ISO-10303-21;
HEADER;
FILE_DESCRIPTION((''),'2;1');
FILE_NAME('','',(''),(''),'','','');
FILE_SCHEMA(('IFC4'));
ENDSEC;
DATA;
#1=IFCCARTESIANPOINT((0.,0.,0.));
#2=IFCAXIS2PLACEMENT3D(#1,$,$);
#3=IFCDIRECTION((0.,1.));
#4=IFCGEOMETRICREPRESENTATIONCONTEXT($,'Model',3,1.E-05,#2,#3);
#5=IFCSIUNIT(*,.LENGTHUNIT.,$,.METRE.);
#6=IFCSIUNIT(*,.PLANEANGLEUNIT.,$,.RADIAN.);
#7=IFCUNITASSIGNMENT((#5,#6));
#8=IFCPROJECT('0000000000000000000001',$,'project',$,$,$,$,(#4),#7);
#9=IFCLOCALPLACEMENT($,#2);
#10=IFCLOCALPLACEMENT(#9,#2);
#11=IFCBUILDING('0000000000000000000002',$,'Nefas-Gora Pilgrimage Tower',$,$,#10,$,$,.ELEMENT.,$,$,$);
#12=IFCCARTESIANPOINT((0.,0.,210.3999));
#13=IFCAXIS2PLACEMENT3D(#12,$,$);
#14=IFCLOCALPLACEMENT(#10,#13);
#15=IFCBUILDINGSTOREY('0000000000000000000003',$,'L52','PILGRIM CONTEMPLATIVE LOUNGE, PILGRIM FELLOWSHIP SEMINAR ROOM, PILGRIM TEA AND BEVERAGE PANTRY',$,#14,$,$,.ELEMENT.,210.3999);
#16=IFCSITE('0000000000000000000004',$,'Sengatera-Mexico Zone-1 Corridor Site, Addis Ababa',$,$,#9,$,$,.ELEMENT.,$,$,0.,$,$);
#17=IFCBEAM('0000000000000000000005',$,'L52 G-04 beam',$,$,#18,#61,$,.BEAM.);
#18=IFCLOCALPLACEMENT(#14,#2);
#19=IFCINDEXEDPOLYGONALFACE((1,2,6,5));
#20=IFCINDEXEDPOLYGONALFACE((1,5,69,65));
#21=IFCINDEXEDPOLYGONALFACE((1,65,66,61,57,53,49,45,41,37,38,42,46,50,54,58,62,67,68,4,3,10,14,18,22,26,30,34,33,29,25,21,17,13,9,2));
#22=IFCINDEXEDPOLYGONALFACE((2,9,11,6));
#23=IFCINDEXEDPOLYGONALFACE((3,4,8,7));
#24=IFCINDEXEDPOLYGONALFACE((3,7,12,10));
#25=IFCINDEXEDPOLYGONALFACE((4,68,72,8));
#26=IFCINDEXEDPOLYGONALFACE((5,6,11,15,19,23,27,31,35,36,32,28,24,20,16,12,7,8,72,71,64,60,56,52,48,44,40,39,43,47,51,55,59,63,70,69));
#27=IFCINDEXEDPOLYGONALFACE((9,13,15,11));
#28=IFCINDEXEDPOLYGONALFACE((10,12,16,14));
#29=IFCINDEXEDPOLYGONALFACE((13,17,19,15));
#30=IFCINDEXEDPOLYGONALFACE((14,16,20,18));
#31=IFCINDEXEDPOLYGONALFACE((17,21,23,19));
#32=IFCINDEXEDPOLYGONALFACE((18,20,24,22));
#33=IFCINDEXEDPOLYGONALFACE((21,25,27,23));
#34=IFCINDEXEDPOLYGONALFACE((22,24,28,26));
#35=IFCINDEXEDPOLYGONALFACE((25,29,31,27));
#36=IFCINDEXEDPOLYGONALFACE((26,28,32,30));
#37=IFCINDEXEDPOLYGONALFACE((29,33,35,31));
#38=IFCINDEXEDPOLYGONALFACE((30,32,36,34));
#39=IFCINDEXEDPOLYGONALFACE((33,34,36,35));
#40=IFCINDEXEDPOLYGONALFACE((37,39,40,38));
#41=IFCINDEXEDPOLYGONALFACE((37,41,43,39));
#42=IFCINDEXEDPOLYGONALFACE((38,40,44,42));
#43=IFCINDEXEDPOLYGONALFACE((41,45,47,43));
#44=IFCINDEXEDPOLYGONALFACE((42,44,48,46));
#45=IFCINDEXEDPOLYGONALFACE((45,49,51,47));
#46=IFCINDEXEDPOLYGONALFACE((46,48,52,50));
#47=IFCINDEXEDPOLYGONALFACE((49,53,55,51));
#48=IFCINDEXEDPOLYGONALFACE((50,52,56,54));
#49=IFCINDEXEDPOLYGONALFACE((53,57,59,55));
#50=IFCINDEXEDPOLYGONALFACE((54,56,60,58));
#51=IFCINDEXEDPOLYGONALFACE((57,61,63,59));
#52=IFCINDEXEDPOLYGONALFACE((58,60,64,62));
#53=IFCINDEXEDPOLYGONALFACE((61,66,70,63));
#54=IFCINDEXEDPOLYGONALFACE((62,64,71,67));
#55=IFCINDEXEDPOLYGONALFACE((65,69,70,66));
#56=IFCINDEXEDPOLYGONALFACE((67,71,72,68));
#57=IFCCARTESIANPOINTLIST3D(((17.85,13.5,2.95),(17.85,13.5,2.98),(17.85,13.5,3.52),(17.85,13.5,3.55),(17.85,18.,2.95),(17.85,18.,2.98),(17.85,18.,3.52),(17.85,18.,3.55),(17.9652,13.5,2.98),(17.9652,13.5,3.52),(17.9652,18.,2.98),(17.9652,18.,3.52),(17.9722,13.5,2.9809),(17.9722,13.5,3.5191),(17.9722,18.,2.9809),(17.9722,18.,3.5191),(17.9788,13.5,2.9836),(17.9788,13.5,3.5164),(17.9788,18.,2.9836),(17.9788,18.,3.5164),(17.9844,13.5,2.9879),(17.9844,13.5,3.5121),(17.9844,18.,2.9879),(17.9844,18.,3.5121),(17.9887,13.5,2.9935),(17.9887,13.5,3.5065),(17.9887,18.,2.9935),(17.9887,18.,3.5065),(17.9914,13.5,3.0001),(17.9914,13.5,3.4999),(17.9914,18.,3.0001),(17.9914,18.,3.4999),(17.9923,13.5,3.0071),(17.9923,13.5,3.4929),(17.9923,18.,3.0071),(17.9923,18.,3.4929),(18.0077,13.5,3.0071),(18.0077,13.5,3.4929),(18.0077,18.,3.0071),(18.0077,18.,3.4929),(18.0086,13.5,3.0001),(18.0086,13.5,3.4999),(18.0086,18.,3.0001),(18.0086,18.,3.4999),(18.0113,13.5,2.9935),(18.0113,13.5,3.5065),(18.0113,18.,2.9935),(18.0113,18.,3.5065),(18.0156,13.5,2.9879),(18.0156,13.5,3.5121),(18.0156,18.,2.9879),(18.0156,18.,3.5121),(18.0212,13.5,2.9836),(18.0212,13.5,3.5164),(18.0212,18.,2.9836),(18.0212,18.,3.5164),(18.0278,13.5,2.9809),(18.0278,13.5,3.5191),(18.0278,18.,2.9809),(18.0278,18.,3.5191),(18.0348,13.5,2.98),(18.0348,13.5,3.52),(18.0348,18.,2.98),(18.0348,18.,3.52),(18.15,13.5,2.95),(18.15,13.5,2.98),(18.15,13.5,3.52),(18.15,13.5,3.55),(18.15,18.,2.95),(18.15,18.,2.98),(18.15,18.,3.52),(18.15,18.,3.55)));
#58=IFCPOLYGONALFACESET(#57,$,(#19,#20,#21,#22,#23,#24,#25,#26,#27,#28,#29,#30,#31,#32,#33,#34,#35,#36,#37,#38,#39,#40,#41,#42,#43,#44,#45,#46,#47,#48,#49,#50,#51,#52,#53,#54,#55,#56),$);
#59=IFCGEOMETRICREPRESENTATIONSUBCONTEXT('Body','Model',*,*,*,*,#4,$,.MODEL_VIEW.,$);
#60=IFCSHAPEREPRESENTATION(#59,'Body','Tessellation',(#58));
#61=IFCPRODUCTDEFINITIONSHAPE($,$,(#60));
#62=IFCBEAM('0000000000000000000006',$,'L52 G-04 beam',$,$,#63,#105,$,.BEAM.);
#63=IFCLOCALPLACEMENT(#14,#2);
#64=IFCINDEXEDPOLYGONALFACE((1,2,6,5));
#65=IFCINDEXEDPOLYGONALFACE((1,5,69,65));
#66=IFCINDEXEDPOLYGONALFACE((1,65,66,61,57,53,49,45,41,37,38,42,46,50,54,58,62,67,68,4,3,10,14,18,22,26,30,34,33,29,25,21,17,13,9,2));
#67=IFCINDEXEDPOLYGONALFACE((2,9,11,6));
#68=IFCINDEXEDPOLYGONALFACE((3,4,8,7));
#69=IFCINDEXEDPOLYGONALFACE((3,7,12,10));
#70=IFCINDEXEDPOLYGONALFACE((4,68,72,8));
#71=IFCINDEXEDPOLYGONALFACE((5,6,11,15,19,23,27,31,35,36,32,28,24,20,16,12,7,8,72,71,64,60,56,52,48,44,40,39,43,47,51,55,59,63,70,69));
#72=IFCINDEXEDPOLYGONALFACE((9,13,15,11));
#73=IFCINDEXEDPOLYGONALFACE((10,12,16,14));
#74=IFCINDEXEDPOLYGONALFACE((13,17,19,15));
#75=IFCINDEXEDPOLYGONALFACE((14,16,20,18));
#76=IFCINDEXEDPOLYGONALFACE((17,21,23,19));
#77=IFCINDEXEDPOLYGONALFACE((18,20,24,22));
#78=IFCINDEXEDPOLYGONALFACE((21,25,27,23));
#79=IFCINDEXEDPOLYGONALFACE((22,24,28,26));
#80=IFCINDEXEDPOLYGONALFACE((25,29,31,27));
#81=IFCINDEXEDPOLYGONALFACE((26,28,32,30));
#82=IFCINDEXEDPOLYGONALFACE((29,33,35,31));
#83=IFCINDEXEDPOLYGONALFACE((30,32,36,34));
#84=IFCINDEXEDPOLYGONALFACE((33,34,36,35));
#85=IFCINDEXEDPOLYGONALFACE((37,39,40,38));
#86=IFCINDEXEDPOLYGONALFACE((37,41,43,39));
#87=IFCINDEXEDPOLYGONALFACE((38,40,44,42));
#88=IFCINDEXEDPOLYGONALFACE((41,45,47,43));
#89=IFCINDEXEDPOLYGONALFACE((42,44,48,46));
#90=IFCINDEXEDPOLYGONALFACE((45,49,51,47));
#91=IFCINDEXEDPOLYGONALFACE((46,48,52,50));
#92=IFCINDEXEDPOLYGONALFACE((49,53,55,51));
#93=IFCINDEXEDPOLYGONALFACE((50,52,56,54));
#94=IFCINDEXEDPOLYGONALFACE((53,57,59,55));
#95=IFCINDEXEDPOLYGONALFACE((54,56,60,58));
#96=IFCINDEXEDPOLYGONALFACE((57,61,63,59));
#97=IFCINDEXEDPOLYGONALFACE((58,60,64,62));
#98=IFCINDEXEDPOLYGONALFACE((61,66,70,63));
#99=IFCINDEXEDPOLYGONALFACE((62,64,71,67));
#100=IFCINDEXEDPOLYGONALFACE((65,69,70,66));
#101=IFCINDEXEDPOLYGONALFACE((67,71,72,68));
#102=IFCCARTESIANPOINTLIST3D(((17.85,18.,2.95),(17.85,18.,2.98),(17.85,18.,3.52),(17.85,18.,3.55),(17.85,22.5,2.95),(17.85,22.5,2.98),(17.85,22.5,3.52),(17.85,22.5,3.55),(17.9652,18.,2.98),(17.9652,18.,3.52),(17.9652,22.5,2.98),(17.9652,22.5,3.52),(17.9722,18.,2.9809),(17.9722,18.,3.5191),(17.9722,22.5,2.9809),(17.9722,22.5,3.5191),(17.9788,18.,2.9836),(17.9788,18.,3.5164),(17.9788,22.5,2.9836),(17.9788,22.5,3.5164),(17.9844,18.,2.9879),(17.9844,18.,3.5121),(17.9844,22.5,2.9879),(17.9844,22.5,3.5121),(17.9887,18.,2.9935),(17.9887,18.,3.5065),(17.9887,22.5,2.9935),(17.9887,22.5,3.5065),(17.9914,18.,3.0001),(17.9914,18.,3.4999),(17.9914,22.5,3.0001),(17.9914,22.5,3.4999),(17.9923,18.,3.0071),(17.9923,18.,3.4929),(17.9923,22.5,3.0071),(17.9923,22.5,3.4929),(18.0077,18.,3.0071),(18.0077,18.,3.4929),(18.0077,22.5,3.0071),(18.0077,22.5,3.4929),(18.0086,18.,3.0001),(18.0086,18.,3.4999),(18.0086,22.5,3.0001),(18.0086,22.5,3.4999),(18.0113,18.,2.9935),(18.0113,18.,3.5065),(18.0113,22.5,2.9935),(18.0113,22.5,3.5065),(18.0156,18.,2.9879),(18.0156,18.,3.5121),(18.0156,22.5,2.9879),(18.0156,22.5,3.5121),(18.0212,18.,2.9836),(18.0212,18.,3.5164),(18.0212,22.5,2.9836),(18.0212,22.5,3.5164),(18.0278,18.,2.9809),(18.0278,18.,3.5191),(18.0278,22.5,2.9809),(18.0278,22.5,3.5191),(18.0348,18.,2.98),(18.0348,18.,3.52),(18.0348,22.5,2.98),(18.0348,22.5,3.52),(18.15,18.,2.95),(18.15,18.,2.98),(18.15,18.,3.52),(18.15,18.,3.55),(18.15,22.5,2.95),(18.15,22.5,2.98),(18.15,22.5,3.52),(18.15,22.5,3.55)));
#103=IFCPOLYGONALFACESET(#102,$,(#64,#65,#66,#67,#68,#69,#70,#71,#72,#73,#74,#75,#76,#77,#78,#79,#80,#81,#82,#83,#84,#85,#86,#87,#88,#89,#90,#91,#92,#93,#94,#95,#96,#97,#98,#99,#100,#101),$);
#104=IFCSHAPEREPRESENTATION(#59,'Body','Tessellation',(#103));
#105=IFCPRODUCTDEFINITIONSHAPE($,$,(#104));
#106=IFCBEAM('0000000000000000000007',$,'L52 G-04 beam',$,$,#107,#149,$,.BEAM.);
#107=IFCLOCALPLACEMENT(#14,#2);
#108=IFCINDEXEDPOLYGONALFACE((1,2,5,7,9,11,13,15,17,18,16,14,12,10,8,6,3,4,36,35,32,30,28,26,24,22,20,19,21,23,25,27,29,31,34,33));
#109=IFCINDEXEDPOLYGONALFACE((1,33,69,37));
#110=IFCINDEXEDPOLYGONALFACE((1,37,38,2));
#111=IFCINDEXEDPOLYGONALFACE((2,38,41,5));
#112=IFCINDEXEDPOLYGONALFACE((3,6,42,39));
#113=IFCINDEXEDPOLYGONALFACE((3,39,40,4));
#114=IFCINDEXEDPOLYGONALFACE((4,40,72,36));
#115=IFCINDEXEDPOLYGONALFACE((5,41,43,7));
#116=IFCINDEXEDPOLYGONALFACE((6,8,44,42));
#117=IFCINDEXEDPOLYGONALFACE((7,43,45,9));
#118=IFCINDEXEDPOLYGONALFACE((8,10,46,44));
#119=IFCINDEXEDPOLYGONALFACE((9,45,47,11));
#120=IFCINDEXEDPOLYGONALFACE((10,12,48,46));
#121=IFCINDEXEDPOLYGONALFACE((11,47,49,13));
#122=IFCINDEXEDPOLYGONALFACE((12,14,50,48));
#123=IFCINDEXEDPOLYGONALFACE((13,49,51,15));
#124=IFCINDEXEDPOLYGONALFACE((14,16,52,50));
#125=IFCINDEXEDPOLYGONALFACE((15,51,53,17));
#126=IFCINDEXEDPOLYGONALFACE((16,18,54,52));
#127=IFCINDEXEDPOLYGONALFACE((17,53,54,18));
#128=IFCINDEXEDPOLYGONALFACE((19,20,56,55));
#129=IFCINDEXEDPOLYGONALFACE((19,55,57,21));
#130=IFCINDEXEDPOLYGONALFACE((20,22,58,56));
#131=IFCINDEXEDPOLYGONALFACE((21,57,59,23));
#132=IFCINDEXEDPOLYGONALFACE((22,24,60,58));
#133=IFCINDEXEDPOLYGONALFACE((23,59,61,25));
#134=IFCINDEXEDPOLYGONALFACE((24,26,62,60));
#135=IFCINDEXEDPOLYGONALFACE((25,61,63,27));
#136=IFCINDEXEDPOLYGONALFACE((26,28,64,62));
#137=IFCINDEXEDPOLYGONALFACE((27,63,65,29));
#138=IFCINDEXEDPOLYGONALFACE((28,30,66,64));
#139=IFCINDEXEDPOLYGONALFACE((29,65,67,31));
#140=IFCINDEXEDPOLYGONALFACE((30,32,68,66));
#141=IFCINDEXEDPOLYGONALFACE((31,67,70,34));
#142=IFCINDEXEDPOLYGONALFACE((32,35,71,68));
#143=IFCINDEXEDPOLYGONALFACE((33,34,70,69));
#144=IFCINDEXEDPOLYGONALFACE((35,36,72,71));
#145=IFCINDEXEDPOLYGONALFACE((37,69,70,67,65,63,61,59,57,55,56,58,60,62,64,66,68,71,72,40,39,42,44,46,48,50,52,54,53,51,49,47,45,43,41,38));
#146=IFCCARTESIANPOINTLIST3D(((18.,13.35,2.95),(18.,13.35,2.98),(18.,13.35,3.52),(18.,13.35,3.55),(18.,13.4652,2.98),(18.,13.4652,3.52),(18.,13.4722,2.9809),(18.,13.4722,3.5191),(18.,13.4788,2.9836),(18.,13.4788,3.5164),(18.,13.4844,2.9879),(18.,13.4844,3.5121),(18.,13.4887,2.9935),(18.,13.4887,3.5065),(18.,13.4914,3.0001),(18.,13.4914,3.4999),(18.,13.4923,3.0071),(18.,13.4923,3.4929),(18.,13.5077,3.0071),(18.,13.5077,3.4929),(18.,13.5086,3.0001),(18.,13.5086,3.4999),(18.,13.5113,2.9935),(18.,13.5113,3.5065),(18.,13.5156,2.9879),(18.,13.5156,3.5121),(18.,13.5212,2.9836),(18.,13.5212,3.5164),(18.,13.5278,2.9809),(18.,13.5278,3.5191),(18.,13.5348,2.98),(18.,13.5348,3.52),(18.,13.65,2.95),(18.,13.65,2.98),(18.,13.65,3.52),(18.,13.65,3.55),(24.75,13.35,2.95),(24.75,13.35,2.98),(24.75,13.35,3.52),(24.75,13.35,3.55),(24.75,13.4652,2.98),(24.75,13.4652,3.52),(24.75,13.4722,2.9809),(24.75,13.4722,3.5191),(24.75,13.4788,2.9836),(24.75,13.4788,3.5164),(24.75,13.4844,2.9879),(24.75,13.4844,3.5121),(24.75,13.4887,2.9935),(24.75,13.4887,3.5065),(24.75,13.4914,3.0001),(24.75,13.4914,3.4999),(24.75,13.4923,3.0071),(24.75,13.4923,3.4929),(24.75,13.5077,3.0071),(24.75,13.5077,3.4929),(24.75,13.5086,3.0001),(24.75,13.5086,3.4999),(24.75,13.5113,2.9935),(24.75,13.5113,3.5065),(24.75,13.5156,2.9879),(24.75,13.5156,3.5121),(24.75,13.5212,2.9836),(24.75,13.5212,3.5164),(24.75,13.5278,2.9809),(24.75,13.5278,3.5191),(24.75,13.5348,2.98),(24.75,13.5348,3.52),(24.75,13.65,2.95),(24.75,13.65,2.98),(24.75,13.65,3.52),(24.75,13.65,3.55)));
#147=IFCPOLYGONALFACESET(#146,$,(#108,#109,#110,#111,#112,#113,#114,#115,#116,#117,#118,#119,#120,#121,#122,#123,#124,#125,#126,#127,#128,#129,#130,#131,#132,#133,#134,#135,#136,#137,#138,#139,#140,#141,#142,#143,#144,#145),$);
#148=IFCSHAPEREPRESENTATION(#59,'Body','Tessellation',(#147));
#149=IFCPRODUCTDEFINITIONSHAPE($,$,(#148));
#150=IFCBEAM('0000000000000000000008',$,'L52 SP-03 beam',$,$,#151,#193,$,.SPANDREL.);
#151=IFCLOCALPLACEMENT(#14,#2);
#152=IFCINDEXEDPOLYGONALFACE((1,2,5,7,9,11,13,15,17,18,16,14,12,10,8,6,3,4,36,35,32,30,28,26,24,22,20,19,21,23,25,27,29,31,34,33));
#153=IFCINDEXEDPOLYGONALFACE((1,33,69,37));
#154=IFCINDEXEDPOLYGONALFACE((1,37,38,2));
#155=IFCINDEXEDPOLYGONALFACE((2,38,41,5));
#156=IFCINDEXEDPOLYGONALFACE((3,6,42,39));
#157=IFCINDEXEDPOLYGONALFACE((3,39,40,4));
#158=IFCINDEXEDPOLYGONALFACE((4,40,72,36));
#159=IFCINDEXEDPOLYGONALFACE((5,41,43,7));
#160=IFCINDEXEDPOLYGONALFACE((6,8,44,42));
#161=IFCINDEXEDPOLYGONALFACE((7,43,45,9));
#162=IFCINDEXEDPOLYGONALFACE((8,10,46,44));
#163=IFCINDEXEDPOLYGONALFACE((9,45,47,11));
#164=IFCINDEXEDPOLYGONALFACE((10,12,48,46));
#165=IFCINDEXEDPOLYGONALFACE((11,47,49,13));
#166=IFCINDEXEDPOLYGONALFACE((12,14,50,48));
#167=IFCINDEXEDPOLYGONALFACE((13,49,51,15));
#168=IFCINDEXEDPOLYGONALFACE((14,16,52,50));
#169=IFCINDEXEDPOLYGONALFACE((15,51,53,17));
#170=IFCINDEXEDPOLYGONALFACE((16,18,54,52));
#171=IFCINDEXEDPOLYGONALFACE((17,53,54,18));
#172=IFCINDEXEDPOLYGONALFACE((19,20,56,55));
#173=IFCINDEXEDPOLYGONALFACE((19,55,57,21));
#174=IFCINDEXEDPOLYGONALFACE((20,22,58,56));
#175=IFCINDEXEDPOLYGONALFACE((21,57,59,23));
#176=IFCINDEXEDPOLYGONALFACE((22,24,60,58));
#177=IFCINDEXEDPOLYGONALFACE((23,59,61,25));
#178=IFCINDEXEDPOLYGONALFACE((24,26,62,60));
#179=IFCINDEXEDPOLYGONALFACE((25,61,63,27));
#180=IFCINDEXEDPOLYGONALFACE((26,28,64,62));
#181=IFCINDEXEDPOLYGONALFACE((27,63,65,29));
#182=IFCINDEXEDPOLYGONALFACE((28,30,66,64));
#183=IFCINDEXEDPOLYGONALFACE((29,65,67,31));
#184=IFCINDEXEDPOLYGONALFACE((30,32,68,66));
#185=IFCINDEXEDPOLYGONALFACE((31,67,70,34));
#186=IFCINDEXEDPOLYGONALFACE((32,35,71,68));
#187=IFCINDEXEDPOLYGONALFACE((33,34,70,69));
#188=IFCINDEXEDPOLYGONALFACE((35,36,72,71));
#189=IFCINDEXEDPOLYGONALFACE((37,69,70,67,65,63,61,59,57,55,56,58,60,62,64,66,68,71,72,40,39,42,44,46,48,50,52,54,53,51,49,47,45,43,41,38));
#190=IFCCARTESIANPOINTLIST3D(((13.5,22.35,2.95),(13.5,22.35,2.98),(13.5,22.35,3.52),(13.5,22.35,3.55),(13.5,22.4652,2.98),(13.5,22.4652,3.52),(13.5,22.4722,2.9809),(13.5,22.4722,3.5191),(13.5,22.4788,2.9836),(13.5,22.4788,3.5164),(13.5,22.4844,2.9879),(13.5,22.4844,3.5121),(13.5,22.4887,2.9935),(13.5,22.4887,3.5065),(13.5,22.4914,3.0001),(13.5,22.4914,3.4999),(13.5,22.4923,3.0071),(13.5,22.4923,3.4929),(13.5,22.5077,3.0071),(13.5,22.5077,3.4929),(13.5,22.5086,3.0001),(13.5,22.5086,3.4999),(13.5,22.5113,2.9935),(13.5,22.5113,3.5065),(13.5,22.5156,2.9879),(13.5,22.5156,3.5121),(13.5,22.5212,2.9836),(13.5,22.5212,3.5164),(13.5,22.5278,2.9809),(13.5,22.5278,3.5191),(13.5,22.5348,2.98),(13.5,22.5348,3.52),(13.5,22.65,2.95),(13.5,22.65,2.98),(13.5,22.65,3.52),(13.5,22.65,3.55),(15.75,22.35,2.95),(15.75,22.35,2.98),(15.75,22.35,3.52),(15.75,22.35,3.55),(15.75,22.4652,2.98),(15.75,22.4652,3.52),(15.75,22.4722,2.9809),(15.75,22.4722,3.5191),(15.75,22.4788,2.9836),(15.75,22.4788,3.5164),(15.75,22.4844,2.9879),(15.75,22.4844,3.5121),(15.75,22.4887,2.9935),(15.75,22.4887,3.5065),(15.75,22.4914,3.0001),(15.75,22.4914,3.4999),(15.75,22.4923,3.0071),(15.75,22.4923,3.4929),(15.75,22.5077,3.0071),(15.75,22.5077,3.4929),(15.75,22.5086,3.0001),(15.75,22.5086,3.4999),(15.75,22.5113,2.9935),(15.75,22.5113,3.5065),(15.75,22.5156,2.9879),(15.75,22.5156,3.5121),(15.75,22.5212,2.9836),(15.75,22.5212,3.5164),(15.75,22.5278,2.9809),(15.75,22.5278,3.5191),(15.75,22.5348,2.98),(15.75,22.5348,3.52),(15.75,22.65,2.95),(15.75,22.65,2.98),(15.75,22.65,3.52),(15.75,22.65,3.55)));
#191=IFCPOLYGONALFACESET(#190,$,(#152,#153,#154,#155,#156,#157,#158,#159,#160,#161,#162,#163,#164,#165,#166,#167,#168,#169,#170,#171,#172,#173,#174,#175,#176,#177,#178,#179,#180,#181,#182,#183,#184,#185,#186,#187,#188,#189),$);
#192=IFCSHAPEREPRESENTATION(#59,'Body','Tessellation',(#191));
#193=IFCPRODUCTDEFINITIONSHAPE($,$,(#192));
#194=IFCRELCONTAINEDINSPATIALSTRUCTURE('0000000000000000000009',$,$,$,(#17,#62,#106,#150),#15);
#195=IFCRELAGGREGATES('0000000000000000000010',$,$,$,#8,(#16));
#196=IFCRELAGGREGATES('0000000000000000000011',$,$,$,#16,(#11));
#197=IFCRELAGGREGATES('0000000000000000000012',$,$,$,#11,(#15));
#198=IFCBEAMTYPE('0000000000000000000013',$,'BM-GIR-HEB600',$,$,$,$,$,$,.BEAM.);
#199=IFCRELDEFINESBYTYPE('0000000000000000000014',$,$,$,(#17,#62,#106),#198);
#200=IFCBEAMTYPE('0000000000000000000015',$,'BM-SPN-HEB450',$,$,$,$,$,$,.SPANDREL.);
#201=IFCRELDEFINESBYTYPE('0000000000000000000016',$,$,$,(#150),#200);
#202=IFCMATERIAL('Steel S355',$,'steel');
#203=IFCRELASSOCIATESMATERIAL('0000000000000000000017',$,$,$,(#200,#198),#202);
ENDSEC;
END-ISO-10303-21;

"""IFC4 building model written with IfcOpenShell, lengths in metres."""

from ifc_helpers import new_model, si_unit, direction, frame, origin, origin_2d, place, context, subcontext, project, spatial, i_section, extrude, source, transform, mapped, material, material_profile, profile_set, type_object, element, save


model = new_model("IFC4")

# Units and contexts
model_context = context("Model", 3, precision=1e-05, world=origin(), true_north=direction((0.0, 1.0)))
body_context = subcontext(model_context, "Body", "Model", "MODEL_VIEW")
ifc_project = project(units=[si_unit("LENGTHUNIT", "METRE"), si_unit("PLANEANGLEUNIT", "RADIAN")], contexts=[model_context])

# Site, building, storey
site_placement = place(None, origin())
site = spatial("IfcSite", under=ifc_project, at=site_placement, Name="Sengatera-Mexico Zone-1 Corridor Site, Addis Ababa", CompositionType="ELEMENT", RefElevation=0.0)
building_placement = place(site_placement, origin())
building = spatial("IfcBuilding", under=site, at=building_placement, Name="Nefas-Gora Pilgrimage Tower", CompositionType="ELEMENT")
storey_placement = place(building_placement, frame((0.0, 0.0, 210.3999)))
storey = spatial("IfcBuildingStorey", under=building, at=storey_placement, Name="L52", Description="PILGRIM CONTEMPLATIVE LOUNGE, PILGRIM FELLOWSHIP SEMINAR ROOM, PILGRIM TEA AND BEVERAGE PANTRY", CompositionType="ELEMENT", Elevation=210.3999)

# Beams
ifc_material_1 = material(Name="Steel S355", Category="steel")
ifc_material_profile_1 = material_profile(ifc_material_1, i_section(OverallWidth=0.3, OverallDepth=0.6001, WebThickness=0.0154, FlangeThickness=0.03, FilletRadius=0.0271, at=origin_2d()), Name="HEB 600")
ifc_profile_set_1 = profile_set([ifc_material_profile_1], Name="Steel S355")
beam_type_1 = type_object("IfcBeamType", Name="BM-SPN-HEB450", PredefinedType="SPANDREL", material=ifc_profile_set_1)
ifc_material_profile_2 = material_profile(ifc_material_1, i_section(OverallWidth=0.3, OverallDepth=0.6001, WebThickness=0.0154, FlangeThickness=0.03, FilletRadius=0.0271, at=origin_2d()), Name="HEB 600")
ifc_profile_set_2 = profile_set([ifc_material_profile_2], Name="Steel S355")
beam_type_2 = type_object("IfcBeamType", Name="BM-GIR-HEB600", PredefinedType="BEAM", material=ifc_profile_set_2)
shared_shape_1 = source(origin(), body_context, "Body", "SweptSolid", [
    extrude(i_section(OverallWidth=0.3, OverallDepth=0.6001, WebThickness=0.0154, FlangeThickness=0.03, FilletRadius=0.0271, at=origin_2d()), origin(), (0.0, 0.0, 1.0), 4.5),
])
for number, where, z_axis, x_axis, name in (
    (1, (18.0, 13.5, 3.25), (0.0, 1.0, 0.0), (-1.0, 0.0, 0.0), "L52 G-04 beam"),
    (2, (18.0, 18.0, 3.25), (0.0, 1.0, 0.0), (-1.0, 0.0, 0.0), "L52 G-04 beam"),
):
    element("IfcBeam", number, at=place(storey_placement, frame(where, z_axis=z_axis, x_axis=x_axis)), inside=storey, type_object=beam_type_2, Name=name, PredefinedType="BEAM", context=body_context, shape_type="MappedRepresentation", body=[
        mapped(shared_shape_1, transform((0.0, 0.0, 0.0), x_axis=(1.0, 0.0, 0.0), y_axis=(0.0, 1.0, 0.0), z_axis=(0.0, 0.0, 1.0), scale=1.0)),
    ])
shared_shape_2 = source(origin(), body_context, "Body", "SweptSolid", [
    extrude(i_section(OverallWidth=0.3, OverallDepth=0.6001, WebThickness=0.0154, FlangeThickness=0.03, FilletRadius=0.0271, at=origin_2d()), origin(), (0.0, 0.0, 1.0), 6.75),
])
beam_1_placement = place(storey_placement, frame((18.0, 13.5, 3.25), z_axis=(1.0, 0.0, 0.0), x_axis=(0.0, 1.0, 0.0)))
element("IfcBeam", 3, at=beam_1_placement, inside=storey, type_object=beam_type_2, Name="L52 G-04 beam", PredefinedType="BEAM", context=body_context, shape_type="MappedRepresentation", body=[
    mapped(shared_shape_2, transform((0.0, 0.0, 0.0), x_axis=(1.0, 0.0, 0.0), y_axis=(0.0, 1.0, 0.0), z_axis=(0.0, 0.0, 1.0), scale=1.0)),
])
shared_shape_3 = source(origin(), body_context, "Body", "SweptSolid", [
    extrude(i_section(OverallWidth=0.3, OverallDepth=0.6001, WebThickness=0.0154, FlangeThickness=0.03, FilletRadius=0.0271, at=origin_2d()), origin(), (0.0, 0.0, 1.0), 2.25),
])
for number, where, z_axis, x_axis, name in (
    (4, (13.5, 22.5, 3.25), (1.0, 0.0, 0.0), (0.0, 1.0, 0.0), "L52 SP-03 beam"),
):
    element("IfcBeam", number, at=place(storey_placement, frame(where, z_axis=z_axis, x_axis=x_axis)), inside=storey, type_object=beam_type_1, Name=name, PredefinedType="SPANDREL", context=body_context, shape_type="MappedRepresentation", body=[
        mapped(shared_shape_3, transform((0.0, 0.0, 0.0), x_axis=(1.0, 0.0, 0.0), y_axis=(0.0, 1.0, 0.0), z_axis=(0.0, 0.0, 1.0), scale=1.0)),
    ])

save(model, "model.ifc")
